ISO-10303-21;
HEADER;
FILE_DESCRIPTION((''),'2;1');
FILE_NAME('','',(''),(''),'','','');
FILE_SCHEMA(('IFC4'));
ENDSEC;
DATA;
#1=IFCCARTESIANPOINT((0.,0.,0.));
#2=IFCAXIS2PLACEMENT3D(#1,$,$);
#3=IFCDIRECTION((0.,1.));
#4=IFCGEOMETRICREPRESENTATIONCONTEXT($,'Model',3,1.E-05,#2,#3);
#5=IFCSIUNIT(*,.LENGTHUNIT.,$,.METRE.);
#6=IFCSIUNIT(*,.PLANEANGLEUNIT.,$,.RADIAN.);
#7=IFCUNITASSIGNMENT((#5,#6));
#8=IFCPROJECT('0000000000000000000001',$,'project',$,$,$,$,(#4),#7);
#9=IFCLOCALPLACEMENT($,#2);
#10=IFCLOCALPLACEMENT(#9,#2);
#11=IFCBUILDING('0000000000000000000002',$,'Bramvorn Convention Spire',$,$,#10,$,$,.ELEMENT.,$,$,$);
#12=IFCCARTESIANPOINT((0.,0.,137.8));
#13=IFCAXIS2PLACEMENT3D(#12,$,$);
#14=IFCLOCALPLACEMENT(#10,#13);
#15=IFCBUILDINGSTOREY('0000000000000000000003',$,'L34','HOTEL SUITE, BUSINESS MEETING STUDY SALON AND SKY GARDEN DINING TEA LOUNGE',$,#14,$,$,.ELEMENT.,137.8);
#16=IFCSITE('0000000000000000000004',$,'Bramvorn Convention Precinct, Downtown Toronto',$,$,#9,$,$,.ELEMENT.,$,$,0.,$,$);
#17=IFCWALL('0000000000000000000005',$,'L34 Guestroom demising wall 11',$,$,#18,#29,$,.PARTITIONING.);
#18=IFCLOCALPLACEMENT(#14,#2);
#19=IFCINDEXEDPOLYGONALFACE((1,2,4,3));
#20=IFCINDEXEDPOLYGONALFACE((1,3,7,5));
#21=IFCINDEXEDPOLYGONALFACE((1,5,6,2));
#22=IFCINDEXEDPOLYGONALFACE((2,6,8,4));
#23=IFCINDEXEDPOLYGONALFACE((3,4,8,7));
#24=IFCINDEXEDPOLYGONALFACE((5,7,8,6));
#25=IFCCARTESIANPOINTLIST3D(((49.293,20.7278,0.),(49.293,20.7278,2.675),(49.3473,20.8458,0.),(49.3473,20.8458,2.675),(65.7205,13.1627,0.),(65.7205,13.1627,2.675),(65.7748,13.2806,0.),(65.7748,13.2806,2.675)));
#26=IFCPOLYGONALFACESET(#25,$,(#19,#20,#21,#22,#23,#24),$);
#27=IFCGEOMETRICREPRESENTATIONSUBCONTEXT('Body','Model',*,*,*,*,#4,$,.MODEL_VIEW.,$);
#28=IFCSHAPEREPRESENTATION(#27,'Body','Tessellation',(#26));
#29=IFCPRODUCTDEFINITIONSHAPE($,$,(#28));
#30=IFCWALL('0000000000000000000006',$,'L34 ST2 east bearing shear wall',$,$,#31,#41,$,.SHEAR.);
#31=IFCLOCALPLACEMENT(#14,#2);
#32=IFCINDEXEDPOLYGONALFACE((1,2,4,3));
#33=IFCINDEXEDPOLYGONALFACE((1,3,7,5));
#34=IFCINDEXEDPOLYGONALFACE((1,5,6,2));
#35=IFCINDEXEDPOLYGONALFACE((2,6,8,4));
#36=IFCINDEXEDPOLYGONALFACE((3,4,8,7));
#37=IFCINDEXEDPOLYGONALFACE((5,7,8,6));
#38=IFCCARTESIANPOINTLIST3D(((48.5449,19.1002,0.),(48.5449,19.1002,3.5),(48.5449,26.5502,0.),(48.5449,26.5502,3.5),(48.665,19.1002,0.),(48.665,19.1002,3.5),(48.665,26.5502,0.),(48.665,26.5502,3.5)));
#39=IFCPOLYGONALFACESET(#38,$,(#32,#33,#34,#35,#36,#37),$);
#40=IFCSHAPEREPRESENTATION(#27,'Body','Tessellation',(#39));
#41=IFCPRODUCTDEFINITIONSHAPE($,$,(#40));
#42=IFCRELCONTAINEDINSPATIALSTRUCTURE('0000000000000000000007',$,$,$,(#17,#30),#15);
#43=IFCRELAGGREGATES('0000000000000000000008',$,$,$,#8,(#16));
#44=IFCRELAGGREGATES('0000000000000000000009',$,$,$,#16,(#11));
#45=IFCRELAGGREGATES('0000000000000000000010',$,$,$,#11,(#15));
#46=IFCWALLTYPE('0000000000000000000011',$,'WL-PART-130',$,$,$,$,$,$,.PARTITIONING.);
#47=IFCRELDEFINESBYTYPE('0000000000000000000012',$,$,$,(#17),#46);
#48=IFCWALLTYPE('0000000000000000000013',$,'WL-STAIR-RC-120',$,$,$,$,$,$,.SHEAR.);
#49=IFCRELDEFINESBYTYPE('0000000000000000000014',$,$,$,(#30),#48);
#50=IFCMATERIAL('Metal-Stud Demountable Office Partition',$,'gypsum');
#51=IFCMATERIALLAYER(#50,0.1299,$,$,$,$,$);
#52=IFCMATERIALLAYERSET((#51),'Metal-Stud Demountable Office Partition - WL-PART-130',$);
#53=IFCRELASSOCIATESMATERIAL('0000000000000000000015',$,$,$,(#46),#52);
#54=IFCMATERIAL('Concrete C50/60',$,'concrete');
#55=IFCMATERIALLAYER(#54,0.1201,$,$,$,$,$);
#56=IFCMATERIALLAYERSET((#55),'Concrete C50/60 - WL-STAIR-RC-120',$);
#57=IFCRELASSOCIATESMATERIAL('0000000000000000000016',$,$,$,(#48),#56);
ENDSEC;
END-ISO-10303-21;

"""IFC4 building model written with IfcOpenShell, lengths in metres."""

from ifc_helpers import new_model, si_unit, direction, frame, frame_2d, origin, place, context, subcontext, project, spatial, rectangle, extrude, material, layer, layer_set, type_object, element, save


model = new_model("IFC4")

# Units and contexts
model_context = context("Model", 3, precision=1e-05, world=origin(), true_north=direction((0.0, 1.0)))
body_context = subcontext(model_context, "Body", "Model", "MODEL_VIEW")
ifc_project = project(units=[si_unit("LENGTHUNIT", "METRE"), si_unit("PLANEANGLEUNIT", "RADIAN")], contexts=[model_context])

# Site, building, storey
site_placement = place(None, origin())
site = spatial("IfcSite", under=ifc_project, at=site_placement, Name="Bramvorn Convention Precinct, Downtown Toronto", CompositionType="ELEMENT", RefElevation=0.0)
building_placement = place(site_placement, origin())
building = spatial("IfcBuilding", under=site, at=building_placement, Name="Bramvorn Convention Spire", CompositionType="ELEMENT")
storey_placement = place(building_placement, frame((0.0, 0.0, 137.8)))
storey = spatial("IfcBuildingStorey", under=building, at=storey_placement, Name="L34", Description="HOTEL SUITE, BUSINESS MEETING STUDY SALON AND SKY GARDEN DINING TEA LOUNGE", CompositionType="ELEMENT", Elevation=137.8)

# Walls
ifc_material_1 = material(Name="Metal-Stud Demountable Office Partition", Category="gypsum")
ifc_layer_1 = layer(ifc_material_1, 0.1299)
ifc_layer_set_1 = layer_set([ifc_layer_1], Name="Metal-Stud Demountable Office Partition - WL-PART-130")
wall_type_1 = type_object("IfcWallType", Name="WL-PART-130", PredefinedType="PARTITIONING", material=ifc_layer_set_1)
wall_1_placement = place(storey_placement, frame((49.3201, 20.7869, 0.0), z_axis=(0.0, 0.0, 1.0), x_axis=(0.908311, -0.418295, 0.0)))
element("IfcWall", 1, at=wall_1_placement, inside=storey, type_object=wall_type_1, Name="L34 Guestroom demising wall 11", PredefinedType="PARTITIONING", context=body_context, shape_type="SweptSolid", body=[
    extrude(rectangle(XDim=18.0857, YDim=0.1299, at=frame_2d((9.043, 0.0))), origin(), (0.0, 0.0, 1.0), 2.675),
])
ifc_material_2 = material(Name="Concrete C50/60", Category="concrete")
ifc_layer_2 = layer(ifc_material_2, 0.1201)
ifc_layer_set_2 = layer_set([ifc_layer_2], Name="Concrete C50/60 - WL-STAIR-RC-120")
wall_type_2 = type_object("IfcWallType", Name="WL-STAIR-RC-120", PredefinedType="SHEAR", material=ifc_layer_set_2)
wall_2_placement = place(storey_placement, frame((48.605, 19.1001, 0.0), z_axis=(0.0, 0.0, 1.0), x_axis=(0.0, 1.0, 0.0)))
element("IfcWall", 2, at=wall_2_placement, inside=storey, type_object=wall_type_2, Name="L34 ST2 east bearing shear wall", PredefinedType="SHEAR", context=body_context, shape_type="SweptSolid", body=[
    extrude(rectangle(XDim=7.45, YDim=0.1201, at=frame_2d((3.7251, 0.0))), origin(), (0.0, 0.0, 1.0), 3.5),
])

save(model, "model.ifc")
